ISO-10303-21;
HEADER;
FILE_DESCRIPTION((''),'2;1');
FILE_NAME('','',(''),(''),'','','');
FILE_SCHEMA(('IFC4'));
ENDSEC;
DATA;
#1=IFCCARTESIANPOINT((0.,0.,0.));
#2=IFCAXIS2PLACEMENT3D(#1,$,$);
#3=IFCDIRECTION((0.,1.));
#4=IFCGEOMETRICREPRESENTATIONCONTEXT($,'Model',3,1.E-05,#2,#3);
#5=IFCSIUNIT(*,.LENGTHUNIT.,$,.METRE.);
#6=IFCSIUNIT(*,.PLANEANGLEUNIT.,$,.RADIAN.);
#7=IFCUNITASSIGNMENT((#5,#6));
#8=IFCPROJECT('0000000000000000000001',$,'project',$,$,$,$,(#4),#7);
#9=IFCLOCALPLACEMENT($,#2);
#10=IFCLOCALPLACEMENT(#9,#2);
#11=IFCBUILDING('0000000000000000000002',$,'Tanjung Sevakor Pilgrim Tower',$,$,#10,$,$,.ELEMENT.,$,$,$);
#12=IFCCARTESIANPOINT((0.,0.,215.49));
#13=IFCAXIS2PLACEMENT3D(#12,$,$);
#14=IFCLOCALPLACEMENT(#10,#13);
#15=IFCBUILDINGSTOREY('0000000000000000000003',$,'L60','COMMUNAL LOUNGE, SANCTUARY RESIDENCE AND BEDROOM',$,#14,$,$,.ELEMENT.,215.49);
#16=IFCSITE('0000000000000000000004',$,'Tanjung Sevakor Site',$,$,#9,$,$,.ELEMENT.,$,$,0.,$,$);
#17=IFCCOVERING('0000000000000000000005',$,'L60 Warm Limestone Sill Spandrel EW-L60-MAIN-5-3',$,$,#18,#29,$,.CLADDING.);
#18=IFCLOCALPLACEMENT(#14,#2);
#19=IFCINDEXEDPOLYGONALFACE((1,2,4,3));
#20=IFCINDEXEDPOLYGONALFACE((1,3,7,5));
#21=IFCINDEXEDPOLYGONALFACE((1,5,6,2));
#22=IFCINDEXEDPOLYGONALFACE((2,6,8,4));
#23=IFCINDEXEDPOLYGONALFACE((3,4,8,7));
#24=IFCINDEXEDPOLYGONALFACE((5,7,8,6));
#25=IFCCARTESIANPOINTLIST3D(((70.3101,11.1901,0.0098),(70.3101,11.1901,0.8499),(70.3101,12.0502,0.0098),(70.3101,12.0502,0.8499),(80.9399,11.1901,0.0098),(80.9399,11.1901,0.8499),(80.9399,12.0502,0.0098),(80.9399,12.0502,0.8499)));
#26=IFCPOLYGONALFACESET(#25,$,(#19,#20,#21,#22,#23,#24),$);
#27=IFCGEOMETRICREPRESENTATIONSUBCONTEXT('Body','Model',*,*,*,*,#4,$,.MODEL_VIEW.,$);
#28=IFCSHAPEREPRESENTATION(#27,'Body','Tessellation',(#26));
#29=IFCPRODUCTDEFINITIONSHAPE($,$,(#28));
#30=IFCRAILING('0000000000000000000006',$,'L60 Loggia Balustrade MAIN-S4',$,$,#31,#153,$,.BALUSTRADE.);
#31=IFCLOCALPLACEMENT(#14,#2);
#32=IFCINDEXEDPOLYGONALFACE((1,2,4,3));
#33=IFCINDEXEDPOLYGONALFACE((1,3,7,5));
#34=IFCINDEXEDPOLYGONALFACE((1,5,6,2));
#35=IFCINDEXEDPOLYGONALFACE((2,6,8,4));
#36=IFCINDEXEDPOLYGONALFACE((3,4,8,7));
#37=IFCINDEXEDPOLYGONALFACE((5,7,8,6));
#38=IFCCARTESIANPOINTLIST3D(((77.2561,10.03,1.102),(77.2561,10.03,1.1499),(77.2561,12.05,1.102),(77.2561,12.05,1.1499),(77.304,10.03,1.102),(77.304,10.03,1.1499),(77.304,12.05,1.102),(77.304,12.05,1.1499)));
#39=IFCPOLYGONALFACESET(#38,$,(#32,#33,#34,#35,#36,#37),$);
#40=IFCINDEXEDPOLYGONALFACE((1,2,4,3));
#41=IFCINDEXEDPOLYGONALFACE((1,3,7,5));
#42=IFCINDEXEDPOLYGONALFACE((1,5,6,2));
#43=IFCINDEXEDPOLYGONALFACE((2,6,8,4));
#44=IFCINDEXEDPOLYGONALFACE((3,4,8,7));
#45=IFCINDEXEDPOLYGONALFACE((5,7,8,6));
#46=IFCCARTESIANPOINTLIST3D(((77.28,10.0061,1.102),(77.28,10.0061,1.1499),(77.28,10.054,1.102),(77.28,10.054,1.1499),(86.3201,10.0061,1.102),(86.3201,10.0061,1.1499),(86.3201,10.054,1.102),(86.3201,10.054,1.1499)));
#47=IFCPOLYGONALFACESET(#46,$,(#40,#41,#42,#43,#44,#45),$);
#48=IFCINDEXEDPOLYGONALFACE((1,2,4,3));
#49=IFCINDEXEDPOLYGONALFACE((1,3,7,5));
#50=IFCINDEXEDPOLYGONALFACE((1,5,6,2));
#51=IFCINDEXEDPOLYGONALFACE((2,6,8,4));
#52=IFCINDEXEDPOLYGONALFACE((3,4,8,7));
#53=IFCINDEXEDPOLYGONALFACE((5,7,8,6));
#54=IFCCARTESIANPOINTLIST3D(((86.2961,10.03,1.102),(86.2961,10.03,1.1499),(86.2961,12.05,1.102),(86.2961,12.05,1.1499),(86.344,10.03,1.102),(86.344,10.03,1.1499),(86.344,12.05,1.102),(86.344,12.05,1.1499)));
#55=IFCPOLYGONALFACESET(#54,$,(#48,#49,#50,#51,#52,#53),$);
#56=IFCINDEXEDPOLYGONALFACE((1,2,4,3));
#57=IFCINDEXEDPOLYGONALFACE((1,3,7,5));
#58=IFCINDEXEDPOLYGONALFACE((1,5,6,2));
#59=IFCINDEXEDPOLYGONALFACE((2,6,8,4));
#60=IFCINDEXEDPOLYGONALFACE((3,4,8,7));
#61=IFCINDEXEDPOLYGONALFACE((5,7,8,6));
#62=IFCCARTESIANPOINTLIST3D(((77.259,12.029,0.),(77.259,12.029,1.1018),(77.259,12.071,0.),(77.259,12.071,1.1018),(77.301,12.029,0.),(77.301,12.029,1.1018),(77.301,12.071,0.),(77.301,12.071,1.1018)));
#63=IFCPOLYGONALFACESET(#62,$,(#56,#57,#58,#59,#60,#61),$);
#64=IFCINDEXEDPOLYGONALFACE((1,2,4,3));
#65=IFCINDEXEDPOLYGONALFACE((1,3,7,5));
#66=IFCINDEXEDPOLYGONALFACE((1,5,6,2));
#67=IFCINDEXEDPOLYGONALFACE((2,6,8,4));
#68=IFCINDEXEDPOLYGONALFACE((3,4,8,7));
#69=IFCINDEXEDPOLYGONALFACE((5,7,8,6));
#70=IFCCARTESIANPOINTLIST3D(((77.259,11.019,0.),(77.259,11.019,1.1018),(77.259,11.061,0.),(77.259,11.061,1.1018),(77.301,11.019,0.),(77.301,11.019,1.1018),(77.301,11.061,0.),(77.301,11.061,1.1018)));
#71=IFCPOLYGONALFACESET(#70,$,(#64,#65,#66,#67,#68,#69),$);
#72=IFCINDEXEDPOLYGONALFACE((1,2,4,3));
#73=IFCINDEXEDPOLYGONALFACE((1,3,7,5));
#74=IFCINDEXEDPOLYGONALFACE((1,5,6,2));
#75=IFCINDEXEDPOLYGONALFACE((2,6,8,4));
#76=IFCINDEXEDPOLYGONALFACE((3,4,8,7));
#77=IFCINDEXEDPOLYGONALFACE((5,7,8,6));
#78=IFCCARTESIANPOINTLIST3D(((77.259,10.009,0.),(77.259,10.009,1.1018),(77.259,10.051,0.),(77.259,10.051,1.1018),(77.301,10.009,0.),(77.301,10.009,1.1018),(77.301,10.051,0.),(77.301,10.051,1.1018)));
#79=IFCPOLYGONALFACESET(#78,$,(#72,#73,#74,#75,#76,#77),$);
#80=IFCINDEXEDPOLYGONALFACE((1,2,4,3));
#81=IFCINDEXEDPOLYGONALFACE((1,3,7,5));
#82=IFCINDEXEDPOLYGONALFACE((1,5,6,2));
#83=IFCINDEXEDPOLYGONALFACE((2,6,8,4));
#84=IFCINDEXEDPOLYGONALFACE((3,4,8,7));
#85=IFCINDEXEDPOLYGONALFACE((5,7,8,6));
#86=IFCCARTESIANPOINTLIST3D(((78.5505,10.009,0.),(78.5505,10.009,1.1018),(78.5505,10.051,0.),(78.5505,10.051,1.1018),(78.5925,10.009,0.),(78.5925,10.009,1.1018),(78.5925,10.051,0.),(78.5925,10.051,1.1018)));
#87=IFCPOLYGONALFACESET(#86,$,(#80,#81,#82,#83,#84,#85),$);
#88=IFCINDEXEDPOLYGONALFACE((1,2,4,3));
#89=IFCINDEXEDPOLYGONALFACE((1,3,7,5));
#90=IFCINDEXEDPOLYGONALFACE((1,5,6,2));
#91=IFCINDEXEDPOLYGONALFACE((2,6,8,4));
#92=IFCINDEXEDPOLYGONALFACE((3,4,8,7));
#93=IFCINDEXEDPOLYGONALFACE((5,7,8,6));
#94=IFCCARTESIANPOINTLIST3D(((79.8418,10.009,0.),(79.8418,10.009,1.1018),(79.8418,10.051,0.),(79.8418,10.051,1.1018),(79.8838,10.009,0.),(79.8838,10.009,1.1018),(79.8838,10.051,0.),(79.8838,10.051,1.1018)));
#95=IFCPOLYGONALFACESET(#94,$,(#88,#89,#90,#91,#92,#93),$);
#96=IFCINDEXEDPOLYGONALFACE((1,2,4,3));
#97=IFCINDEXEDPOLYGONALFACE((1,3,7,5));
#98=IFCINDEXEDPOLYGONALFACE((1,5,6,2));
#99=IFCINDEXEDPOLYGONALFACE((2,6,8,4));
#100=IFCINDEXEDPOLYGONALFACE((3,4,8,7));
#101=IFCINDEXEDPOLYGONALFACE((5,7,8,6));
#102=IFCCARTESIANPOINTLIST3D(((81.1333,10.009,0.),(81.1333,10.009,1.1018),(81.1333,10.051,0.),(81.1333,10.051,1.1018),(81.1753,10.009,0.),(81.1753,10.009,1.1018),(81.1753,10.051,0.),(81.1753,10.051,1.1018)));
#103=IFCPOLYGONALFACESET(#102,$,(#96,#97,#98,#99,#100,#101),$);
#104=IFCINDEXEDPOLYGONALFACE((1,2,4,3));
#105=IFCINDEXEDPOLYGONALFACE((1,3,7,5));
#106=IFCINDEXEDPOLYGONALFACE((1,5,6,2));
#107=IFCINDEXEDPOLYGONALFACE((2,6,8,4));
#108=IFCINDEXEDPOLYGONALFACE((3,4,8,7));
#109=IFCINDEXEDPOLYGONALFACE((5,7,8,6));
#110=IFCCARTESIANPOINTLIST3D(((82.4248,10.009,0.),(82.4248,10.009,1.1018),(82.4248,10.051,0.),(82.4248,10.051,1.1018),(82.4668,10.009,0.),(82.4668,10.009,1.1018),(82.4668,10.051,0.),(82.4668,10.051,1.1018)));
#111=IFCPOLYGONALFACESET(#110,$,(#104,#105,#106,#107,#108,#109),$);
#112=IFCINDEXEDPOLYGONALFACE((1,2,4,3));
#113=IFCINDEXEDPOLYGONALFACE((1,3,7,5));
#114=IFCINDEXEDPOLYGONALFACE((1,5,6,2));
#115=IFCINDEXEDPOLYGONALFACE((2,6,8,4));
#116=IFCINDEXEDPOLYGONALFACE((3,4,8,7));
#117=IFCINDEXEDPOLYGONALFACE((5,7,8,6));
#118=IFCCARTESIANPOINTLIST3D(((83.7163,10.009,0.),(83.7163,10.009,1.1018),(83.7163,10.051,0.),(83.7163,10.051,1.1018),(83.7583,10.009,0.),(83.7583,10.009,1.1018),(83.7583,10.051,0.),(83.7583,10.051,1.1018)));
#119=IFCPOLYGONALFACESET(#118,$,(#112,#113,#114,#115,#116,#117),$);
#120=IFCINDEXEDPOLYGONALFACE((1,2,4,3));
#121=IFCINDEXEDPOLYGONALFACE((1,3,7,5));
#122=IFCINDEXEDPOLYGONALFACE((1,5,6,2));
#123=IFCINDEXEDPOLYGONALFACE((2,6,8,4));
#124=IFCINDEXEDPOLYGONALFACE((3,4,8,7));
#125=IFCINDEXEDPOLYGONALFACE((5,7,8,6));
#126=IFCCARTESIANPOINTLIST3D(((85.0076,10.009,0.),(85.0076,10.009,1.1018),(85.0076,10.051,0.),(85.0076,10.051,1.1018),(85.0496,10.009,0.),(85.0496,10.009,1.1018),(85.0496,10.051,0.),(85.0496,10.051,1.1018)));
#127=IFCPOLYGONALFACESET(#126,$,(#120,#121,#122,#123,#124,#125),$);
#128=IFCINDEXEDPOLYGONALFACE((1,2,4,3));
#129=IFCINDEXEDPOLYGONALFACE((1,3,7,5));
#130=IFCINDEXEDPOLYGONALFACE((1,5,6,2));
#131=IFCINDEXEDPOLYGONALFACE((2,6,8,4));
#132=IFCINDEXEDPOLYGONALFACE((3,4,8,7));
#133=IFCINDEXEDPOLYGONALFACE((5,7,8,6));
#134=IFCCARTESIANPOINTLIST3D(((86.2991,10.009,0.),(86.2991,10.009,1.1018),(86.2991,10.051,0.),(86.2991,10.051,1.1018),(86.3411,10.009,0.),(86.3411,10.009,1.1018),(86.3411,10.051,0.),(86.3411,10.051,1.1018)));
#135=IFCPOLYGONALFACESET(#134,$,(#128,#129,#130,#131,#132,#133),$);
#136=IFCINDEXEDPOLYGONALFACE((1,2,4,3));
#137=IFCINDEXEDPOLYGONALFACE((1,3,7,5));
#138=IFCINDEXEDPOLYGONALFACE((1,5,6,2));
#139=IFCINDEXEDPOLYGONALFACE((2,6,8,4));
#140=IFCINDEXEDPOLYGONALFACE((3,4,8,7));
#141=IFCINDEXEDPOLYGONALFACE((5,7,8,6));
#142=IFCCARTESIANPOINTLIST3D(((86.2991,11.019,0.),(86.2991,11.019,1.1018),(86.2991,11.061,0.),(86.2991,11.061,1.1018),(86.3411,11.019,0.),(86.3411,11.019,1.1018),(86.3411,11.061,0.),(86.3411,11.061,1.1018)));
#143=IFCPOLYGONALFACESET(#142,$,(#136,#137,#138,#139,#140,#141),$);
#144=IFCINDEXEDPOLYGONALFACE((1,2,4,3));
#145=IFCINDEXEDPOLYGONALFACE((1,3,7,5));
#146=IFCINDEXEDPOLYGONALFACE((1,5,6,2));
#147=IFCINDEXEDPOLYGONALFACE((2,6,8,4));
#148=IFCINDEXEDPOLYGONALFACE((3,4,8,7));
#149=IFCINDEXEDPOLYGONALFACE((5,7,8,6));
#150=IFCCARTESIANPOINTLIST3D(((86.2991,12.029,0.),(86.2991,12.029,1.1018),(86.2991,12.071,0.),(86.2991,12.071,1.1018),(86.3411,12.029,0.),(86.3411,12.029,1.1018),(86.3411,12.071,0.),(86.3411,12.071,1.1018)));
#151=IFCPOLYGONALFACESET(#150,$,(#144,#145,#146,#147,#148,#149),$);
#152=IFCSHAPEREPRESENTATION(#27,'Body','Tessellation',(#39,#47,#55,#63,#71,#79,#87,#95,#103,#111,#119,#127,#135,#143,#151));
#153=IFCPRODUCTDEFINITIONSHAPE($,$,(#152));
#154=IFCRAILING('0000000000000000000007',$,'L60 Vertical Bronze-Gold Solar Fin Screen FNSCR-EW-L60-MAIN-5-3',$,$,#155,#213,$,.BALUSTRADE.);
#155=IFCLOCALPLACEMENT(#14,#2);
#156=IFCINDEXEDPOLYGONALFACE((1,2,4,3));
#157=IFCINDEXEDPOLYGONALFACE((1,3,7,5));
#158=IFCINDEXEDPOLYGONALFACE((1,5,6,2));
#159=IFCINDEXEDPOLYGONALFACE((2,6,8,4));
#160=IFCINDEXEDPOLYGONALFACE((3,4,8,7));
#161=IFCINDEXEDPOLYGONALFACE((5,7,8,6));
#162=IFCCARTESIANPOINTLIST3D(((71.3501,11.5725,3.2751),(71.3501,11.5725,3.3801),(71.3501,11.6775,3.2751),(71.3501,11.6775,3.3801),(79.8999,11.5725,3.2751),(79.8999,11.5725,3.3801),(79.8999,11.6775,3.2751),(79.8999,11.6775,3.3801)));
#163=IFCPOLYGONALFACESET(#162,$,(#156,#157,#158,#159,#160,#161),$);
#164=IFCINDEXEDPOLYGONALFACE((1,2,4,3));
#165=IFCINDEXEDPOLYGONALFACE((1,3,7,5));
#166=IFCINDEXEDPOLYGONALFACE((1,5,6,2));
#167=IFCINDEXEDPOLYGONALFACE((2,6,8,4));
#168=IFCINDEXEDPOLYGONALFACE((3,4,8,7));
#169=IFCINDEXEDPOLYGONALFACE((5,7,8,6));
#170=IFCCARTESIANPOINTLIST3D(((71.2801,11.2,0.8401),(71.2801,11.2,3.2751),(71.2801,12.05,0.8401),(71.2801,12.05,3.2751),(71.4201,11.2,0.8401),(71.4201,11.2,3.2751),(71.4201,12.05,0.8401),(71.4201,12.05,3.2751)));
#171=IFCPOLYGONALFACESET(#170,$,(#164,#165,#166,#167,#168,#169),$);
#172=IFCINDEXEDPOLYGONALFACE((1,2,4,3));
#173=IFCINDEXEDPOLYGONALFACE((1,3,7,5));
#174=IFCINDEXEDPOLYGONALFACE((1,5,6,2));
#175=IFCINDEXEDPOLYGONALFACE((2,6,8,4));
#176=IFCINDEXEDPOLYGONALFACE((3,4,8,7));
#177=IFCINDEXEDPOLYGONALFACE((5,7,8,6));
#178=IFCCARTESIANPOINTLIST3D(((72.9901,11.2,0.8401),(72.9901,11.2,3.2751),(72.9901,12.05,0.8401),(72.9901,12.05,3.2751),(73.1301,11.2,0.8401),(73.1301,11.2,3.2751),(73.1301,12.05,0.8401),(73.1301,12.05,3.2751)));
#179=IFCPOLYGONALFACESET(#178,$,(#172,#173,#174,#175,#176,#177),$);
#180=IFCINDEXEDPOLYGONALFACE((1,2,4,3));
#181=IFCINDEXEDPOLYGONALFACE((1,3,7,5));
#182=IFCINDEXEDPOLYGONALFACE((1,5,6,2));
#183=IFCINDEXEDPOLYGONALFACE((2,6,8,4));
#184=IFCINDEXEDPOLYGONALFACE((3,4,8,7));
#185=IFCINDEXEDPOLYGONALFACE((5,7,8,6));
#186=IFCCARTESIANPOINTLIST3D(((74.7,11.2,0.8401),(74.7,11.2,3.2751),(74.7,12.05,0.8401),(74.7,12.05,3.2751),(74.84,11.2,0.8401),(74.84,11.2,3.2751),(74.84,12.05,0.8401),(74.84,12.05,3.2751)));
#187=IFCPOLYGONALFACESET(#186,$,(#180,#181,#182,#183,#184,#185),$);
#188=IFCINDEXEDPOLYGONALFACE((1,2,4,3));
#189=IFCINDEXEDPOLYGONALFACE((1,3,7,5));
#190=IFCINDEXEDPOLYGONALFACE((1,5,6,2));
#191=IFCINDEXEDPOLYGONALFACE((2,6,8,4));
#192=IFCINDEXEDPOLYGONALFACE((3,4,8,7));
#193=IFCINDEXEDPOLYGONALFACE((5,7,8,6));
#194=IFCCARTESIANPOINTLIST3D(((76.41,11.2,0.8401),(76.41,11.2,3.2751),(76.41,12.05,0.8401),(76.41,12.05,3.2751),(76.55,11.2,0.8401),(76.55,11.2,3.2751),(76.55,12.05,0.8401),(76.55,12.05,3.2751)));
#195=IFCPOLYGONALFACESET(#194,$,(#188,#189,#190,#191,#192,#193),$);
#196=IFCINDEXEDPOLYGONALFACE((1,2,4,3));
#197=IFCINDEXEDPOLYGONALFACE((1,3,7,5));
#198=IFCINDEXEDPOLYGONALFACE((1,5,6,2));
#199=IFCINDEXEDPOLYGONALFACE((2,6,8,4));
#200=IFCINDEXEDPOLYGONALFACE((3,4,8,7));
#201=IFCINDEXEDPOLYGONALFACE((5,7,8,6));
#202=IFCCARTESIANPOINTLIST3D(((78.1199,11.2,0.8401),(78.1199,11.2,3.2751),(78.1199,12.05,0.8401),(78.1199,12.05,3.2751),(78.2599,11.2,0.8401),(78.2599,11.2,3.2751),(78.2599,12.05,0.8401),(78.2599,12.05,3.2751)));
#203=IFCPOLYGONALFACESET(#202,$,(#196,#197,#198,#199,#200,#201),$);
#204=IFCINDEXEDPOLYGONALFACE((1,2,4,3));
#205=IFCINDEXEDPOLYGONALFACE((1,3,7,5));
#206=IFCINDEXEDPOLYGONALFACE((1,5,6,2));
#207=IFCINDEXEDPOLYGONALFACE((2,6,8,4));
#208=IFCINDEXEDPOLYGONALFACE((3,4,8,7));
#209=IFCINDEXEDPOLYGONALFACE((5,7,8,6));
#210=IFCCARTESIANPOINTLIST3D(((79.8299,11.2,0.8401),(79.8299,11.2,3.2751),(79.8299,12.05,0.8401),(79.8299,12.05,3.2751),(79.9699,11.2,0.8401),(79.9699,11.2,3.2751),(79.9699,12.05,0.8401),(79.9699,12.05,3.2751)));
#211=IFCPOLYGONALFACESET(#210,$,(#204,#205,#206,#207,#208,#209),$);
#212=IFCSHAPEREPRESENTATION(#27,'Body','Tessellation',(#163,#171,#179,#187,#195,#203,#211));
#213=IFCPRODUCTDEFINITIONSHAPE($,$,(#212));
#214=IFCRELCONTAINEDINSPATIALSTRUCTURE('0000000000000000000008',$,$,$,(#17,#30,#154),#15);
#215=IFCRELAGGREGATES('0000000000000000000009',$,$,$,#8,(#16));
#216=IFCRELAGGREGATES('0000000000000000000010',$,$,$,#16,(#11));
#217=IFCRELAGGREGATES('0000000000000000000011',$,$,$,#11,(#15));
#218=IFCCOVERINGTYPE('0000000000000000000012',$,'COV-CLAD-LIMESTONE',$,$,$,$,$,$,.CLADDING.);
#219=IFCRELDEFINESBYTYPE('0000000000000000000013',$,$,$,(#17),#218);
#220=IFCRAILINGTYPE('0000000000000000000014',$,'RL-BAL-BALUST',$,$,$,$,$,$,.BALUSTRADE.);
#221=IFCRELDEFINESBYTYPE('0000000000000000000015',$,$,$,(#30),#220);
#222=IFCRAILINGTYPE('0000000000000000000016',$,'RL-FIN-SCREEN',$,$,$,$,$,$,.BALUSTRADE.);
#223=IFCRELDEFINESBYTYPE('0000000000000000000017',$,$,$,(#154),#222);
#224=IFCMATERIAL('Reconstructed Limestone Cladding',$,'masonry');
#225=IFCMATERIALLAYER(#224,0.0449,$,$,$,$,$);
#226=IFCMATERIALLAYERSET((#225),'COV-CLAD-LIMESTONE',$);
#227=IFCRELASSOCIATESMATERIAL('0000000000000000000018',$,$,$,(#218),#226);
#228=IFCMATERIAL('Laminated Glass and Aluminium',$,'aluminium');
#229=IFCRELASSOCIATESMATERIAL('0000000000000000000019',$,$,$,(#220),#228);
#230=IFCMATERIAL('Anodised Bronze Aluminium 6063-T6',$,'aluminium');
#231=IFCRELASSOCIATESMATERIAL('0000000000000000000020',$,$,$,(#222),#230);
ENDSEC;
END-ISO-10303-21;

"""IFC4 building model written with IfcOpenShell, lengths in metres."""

from ifc_helpers import new_model, si_unit, direction, frame, origin, origin_2d, place, context, subcontext, project, spatial, rectangle, extrude, material, layer, layer_set, type_object, element, save


model = new_model("IFC4")

# Units and contexts
model_context = context("Model", 3, precision=1e-05, world=origin(), true_north=direction((0.0, 1.0)))
body_context = subcontext(model_context, "Body", "Model", "MODEL_VIEW")
ifc_project = project(units=[si_unit("LENGTHUNIT", "METRE"), si_unit("PLANEANGLEUNIT", "RADIAN")], contexts=[model_context])

# Site, building, storey
site_placement = place(None, origin())
site = spatial("IfcSite", under=ifc_project, at=site_placement, Name="Tanjung Sevakor Site", CompositionType="ELEMENT", RefElevation=0.0)
building_placement = place(site_placement, origin())
building = spatial("IfcBuilding", under=site, at=building_placement, Name="Tanjung Sevakor Pilgrim Tower", CompositionType="ELEMENT")
storey_placement = place(building_placement, frame((0.0, 0.0, 215.49)))
storey = spatial("IfcBuildingStorey", under=building, at=storey_placement, Name="L60", Description="COMMUNAL LOUNGE, SANCTUARY RESIDENCE AND BEDROOM", CompositionType="ELEMENT", Elevation=215.49)

# Covering
ifc_material_1 = material(Name="Reconstructed Limestone Cladding", Category="masonry")
ifc_layer_1 = layer(ifc_material_1, 0.0449)
ifc_layer_set_1 = layer_set([ifc_layer_1], Name="COV-CLAD-LIMESTONE")
covering_type = type_object("IfcCoveringType", Name="COV-CLAD-LIMESTONE", PredefinedType="CLADDING", material=ifc_layer_set_1)
covering_placement = place(storey_placement, frame((75.625, 11.6201, 0.0098), z_axis=(0.0, 0.0, 1.0), x_axis=(1.0, 0.0, 0.0)))
element("IfcCovering", 1, at=covering_placement, inside=storey, type_object=covering_type, Name="L60 Warm Limestone Sill Spandrel EW-L60-MAIN-5-3", PredefinedType="CLADDING", context=body_context, shape_type="SweptSolid", body=[
    extrude(rectangle(XDim=10.6299, YDim=0.8601, at=origin_2d()), origin(), (0.0, 0.0, 1.0), 0.8401),
])

# Railings
ifc_material_2 = material(Name="Laminated Glass and Aluminium", Category="aluminium")
railing_type_1 = type_object("IfcRailingType", Name="RL-BAL-BALUST", PredefinedType="BALUSTRADE", material=ifc_material_2)
railing_1_placement = place(storey_placement, frame((77.28, 12.05, 0.0)))
element("IfcRailing", 2, at=railing_1_placement, inside=storey, type_object=railing_type_1, Name="L60 Loggia Balustrade MAIN-S4", PredefinedType="BALUSTRADE", context=body_context, shape_type="SweptSolid", body=[
    extrude(rectangle(XDim=0.0479, YDim=0.0479), frame((0.0, 0.0, 1.126), z_axis=(0.0, -1.0, 0.0), x_axis=(1.0, 0.0, 0.0)), (0.0, 0.0, 1.0), 2.02),
    extrude(rectangle(XDim=0.0479, YDim=0.0479), frame((0.0, -2.02, 1.126), z_axis=(1.0, 0.0, 0.0), x_axis=(0.0, 1.0, 0.0)), (0.0, 0.0, 1.0), 9.04),
    extrude(rectangle(XDim=0.0479, YDim=0.0479), frame((9.04, -2.02, 1.126), z_axis=(0.0, 1.0, 0.0), x_axis=(-1.0, 0.0, 0.0)), (0.0, 0.0, 1.0), 2.02),
    extrude(rectangle(XDim=0.042, YDim=0.042), origin(), (0.0, 0.0, 1.0), 1.1018),
    extrude(rectangle(XDim=0.042, YDim=0.042), frame((0.0, -1.01, 0.0)), (0.0, 0.0, 1.0), 1.1018),
    extrude(rectangle(XDim=0.042, YDim=0.042), frame((0.0, -2.02, 0.0)), (0.0, 0.0, 1.0), 1.1018),
    extrude(rectangle(XDim=0.042, YDim=0.042), frame((1.2915, -2.02, 0.0)), (0.0, 0.0, 1.0), 1.1018),
    extrude(rectangle(XDim=0.042, YDim=0.042), frame((2.5828, -2.02, 0.0)), (0.0, 0.0, 1.0), 1.1018),
    extrude(rectangle(XDim=0.042, YDim=0.042), frame((3.8743, -2.02, 0.0)), (0.0, 0.0, 1.0), 1.1018),
    extrude(rectangle(XDim=0.042, YDim=0.042), frame((5.1658, -2.02, 0.0)), (0.0, 0.0, 1.0), 1.1018),
    extrude(rectangle(XDim=0.042, YDim=0.042), frame((6.4573, -2.02, 0.0)), (0.0, 0.0, 1.0), 1.1018),
    extrude(rectangle(XDim=0.042, YDim=0.042), frame((7.7485, -2.02, 0.0)), (0.0, 0.0, 1.0), 1.1018),
    extrude(rectangle(XDim=0.042, YDim=0.042), frame((9.04, -2.02, 0.0)), (0.0, 0.0, 1.0), 1.1018),
    extrude(rectangle(XDim=0.042, YDim=0.042), frame((9.04, -1.01, 0.0)), (0.0, 0.0, 1.0), 1.1018),
    extrude(rectangle(XDim=0.042, YDim=0.042), frame((9.04, 0.0, 0.0)), (0.0, 0.0, 1.0), 1.1018),
])
ifc_material_3 = material(Name="Anodised Bronze Aluminium 6063-T6", Category="aluminium")
railing_type_2 = type_object("IfcRailingType", Name="RL-FIN-SCREEN", PredefinedType="BALUSTRADE", material=ifc_material_3)
railing_2_placement = place(storey_placement, frame((71.3501, 11.625, 0.8401)))
element("IfcRailing", 3, at=railing_2_placement, inside=storey, type_object=railing_type_2, Name="L60 Vertical Bronze-Gold Solar Fin Screen FNSCR-EW-L60-MAIN-5-3", PredefinedType="BALUSTRADE", context=body_context, shape_type="SweptSolid", body=[
    extrude(rectangle(XDim=0.105, YDim=0.105), frame((0.0, 0.0, 2.4875), z_axis=(1.0, 0.0, 0.0), x_axis=(0.0, 1.0, 0.0)), (0.0, 0.0, 1.0), 8.5498),
    extrude(rectangle(XDim=0.14, YDim=0.85), origin(), (0.0, 0.0, 1.0), 2.4351),
    extrude(rectangle(XDim=0.14, YDim=0.85), frame((1.71, 0.0, 0.0)), (0.0, 0.0, 1.0), 2.4351),
    extrude(rectangle(XDim=0.14, YDim=0.85), frame((3.4199, 0.0, 0.0)), (0.0, 0.0, 1.0), 2.4351),
    extrude(rectangle(XDim=0.14, YDim=0.85), frame((5.1299, 0.0, 0.0)), (0.0, 0.0, 1.0), 2.4351),
    extrude(rectangle(XDim=0.14, YDim=0.85), frame((6.8398, 0.0, 0.0)), (0.0, 0.0, 1.0), 2.4351),
    extrude(rectangle(XDim=0.14, YDim=0.85), frame((8.5498, 0.0, 0.0)), (0.0, 0.0, 1.0), 2.4351),
])

save(model, "model.ifc")
